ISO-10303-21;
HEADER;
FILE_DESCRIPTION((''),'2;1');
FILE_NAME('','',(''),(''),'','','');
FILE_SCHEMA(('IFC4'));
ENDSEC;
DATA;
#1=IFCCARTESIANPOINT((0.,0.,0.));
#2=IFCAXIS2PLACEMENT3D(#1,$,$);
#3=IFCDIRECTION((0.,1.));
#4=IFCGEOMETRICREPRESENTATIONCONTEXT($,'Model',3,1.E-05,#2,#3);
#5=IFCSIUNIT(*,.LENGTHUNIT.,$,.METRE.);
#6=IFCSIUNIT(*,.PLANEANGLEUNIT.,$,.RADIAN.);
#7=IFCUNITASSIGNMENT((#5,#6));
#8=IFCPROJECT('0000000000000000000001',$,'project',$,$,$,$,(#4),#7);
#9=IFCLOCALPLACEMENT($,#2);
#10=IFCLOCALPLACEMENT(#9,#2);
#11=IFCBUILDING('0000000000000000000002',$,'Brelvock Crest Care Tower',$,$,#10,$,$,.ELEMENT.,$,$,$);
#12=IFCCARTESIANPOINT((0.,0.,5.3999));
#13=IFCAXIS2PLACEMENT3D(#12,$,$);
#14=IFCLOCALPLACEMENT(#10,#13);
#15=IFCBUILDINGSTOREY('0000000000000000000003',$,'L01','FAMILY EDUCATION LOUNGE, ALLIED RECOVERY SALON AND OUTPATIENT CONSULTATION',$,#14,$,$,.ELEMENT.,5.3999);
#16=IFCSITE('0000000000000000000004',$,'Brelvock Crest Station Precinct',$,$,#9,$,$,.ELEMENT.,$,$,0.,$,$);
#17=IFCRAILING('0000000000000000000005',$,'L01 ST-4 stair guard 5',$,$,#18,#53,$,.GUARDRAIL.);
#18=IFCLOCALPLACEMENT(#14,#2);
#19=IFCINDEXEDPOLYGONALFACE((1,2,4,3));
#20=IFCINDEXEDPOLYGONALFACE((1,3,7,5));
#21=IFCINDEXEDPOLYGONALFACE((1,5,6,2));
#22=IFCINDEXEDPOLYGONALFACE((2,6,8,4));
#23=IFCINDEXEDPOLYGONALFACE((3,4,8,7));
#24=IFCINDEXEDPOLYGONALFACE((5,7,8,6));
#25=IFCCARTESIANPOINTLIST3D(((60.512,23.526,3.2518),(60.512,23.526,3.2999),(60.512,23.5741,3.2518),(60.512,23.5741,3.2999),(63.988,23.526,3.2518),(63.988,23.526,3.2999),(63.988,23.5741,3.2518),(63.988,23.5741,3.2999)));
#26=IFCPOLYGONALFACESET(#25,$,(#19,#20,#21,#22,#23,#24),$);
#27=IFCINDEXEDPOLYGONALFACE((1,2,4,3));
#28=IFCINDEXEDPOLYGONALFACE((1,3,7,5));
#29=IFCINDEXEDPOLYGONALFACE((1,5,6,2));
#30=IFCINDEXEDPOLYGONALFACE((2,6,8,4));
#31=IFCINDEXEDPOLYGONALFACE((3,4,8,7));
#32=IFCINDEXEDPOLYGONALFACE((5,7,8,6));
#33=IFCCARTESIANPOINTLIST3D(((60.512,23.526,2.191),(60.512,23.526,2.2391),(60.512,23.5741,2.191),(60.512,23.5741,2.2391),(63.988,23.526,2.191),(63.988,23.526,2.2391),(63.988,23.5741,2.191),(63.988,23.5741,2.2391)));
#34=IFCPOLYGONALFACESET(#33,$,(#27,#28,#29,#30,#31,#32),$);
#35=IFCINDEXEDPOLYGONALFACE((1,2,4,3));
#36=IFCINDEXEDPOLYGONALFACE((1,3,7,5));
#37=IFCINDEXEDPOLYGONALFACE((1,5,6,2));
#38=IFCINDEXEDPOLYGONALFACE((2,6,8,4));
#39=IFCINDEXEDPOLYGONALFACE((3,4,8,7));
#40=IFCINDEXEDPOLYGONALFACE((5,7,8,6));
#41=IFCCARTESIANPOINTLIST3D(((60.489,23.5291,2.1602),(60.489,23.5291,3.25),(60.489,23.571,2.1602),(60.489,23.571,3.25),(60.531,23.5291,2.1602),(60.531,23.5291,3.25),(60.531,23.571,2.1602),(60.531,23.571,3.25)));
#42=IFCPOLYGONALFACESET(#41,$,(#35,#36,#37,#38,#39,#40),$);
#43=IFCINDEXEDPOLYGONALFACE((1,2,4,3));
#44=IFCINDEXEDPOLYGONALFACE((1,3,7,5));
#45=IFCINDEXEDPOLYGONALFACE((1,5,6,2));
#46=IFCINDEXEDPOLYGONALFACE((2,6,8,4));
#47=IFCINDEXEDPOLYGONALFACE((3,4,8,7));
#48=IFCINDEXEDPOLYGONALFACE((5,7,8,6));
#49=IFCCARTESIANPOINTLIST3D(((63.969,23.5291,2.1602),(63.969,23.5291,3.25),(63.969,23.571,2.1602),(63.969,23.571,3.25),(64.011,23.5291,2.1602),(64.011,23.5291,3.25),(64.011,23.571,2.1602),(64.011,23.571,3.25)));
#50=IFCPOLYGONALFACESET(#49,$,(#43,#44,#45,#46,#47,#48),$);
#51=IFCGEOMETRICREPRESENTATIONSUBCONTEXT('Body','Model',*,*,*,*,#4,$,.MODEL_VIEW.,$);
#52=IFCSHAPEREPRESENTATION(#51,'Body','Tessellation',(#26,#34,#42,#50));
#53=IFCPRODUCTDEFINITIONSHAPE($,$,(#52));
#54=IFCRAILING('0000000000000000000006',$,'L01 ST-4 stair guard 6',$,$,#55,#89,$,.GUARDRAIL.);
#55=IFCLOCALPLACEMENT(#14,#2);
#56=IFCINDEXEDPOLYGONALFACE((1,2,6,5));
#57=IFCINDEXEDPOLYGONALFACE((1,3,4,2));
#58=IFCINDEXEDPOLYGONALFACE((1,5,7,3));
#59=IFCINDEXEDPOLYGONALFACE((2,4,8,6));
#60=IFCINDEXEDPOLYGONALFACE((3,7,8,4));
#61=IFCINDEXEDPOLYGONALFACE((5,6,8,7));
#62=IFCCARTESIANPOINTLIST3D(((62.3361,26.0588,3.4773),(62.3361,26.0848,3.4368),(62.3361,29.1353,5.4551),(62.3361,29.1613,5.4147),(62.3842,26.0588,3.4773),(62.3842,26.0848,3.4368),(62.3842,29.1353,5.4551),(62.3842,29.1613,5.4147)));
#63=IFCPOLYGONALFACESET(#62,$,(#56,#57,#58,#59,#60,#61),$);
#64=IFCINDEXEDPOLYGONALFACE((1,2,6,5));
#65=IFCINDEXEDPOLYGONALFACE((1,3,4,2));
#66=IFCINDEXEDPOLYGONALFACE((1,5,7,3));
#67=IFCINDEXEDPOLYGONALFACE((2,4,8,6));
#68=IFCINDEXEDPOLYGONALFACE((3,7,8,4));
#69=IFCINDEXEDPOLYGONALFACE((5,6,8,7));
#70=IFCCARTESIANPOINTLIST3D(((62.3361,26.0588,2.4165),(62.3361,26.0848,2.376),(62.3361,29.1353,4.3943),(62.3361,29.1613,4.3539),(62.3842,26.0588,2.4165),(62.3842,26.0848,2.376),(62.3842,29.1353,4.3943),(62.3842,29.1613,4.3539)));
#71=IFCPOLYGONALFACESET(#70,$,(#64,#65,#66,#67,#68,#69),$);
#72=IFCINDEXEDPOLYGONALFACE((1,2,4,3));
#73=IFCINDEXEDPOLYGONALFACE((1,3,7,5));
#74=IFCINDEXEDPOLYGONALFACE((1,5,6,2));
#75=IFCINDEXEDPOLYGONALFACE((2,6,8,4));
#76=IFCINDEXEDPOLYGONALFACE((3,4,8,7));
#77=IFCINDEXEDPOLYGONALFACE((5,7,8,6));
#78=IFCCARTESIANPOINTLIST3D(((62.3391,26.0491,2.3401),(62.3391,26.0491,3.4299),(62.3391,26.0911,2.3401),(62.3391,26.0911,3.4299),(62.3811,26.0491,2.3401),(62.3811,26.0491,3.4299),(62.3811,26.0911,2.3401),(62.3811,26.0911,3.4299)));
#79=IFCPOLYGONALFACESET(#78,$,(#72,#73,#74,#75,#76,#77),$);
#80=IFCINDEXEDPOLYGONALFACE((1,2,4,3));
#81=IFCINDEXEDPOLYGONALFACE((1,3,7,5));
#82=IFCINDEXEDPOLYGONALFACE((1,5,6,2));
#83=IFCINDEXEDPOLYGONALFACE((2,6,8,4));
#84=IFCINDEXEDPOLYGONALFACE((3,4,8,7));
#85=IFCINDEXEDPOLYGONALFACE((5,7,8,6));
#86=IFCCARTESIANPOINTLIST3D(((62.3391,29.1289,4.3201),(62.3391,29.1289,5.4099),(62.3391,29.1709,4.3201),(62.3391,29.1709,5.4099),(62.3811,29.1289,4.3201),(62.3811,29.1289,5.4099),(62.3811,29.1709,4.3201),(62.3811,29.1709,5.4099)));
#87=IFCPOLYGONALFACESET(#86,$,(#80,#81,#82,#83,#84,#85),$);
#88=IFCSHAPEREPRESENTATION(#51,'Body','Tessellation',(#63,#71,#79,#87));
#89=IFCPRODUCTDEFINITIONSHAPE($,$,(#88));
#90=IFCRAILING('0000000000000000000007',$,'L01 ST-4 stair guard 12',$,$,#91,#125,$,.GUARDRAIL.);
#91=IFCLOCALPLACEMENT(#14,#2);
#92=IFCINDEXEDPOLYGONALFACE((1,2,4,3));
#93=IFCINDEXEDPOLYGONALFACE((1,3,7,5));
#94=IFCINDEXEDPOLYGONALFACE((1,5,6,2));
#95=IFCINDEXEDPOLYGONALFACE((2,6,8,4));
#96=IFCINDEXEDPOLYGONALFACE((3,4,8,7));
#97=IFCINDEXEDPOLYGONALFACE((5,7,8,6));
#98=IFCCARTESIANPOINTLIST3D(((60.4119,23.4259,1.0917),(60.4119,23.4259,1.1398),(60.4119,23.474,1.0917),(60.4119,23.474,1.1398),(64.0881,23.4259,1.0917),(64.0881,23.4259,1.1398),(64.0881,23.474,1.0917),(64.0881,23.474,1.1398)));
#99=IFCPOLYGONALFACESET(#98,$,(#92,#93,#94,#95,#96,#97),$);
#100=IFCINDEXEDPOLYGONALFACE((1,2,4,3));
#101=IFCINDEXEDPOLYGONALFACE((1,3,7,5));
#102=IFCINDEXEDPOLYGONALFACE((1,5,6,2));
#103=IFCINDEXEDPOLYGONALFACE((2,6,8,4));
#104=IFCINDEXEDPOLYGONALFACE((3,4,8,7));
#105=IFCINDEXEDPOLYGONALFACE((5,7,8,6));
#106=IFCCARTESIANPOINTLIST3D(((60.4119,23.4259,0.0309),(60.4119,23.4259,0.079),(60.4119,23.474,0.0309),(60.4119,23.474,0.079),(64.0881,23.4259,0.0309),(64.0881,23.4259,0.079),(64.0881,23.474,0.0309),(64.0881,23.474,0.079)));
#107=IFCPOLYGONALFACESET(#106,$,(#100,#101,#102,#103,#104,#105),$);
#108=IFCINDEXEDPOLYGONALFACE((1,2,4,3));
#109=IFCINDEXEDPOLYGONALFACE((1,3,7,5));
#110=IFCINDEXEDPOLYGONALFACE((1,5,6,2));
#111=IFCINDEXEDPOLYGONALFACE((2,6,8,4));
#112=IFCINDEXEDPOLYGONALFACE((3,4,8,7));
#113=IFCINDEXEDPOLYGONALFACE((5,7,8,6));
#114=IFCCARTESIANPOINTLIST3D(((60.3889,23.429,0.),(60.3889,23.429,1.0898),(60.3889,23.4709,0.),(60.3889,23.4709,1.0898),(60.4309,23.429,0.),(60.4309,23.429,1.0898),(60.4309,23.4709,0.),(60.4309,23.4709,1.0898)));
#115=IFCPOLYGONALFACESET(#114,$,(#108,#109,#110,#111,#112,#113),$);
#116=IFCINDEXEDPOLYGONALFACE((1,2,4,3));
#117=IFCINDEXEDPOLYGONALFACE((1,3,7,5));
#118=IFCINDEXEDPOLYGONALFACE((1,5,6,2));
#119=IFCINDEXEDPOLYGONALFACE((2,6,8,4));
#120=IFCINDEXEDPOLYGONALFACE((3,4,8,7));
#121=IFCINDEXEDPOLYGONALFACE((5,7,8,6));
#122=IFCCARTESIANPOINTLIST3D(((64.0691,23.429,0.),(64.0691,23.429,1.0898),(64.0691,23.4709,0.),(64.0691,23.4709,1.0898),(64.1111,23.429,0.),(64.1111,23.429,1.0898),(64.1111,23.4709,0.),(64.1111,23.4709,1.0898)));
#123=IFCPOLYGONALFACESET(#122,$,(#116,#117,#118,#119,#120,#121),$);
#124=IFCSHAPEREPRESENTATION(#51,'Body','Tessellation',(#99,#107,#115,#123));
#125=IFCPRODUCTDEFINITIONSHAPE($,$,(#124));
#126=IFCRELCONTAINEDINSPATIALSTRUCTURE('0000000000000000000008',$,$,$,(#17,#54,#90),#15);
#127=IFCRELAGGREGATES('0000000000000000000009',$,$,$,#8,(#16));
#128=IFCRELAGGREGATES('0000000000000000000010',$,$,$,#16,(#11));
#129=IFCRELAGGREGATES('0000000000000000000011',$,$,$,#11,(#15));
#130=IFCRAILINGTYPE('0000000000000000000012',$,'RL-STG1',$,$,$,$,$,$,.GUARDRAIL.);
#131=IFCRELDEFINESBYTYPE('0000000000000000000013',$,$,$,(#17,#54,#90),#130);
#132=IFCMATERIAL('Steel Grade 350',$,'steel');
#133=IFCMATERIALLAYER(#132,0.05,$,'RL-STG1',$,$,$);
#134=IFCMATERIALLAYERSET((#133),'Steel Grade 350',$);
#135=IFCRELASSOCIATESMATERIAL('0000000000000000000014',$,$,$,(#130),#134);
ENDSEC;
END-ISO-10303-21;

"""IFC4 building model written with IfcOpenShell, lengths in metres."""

from ifc_helpers import new_model, si_unit, direction, frame, origin, origin_2d, place, context, subcontext, project, spatial, rectangle, extrude, material, layer, layer_set, type_object, element, save


model = new_model("IFC4")

# Units and contexts
model_context = context("Model", 3, precision=1e-05, world=origin(), true_north=direction((0.0, 1.0)))
body_context = subcontext(model_context, "Body", "Model", "MODEL_VIEW")
ifc_project = project(units=[si_unit("LENGTHUNIT", "METRE"), si_unit("PLANEANGLEUNIT", "RADIAN")], contexts=[model_context])

# Site, building, storey
site_placement = place(None, origin())
site = spatial("IfcSite", under=ifc_project, at=site_placement, Name="Brelvock Crest Station Precinct", CompositionType="ELEMENT", RefElevation=0.0)
building_placement = place(site_placement, origin())
building = spatial("IfcBuilding", under=site, at=building_placement, Name="Brelvock Crest Care Tower", CompositionType="ELEMENT")
storey_placement = place(building_placement, frame((0.0, 0.0, 5.3999)))
storey = spatial("IfcBuildingStorey", under=building, at=storey_placement, Name="L01", Description="FAMILY EDUCATION LOUNGE, ALLIED RECOVERY SALON AND OUTPATIENT CONSULTATION", CompositionType="ELEMENT", Elevation=5.3999)

# Shared definitions
ifc_material_1 = material(Name="Steel Grade 350", Category="steel")

# Railings
ifc_layer_1 = layer(ifc_material_1, 0.05, Name="RL-STG1")
ifc_layer_set_1 = layer_set([ifc_layer_1], Name="Steel Grade 350")
railing_type = type_object("IfcRailingType", Name="RL-STG1", PredefinedType="GUARDRAIL", material=ifc_layer_set_1)
railing_1_placement = place(storey_placement, frame((60.51, 23.55, 2.1602)))
element("IfcRailing", 1, at=railing_1_placement, inside=storey, type_object=railing_type, Name="L01 ST-4 stair guard 5", PredefinedType="GUARDRAIL", context=body_context, shape_type="SweptSolid", body=[
    extrude(rectangle(XDim=0.0481, YDim=0.0481, at=origin_2d()), frame((0.002, 0.0, 1.1157), z_axis=(1.0, 0.0, 0.0), x_axis=(0.0, 1.0, 0.0)), (0.0, 0.0, 1.0), 3.4761),
    extrude(rectangle(XDim=0.0481, YDim=0.0481, at=origin_2d()), frame((0.002, 0.0, 0.0549), z_axis=(1.0, 0.0, 0.0), x_axis=(0.0, 1.0, 0.0)), (0.0, 0.0, 1.0), 3.4761),
    extrude(rectangle(XDim=0.042, YDim=0.042, at=origin_2d()), origin(), (0.0, 0.0, 1.0), 1.0898),
    extrude(rectangle(XDim=0.042, YDim=0.042, at=origin_2d()), frame((3.48, 0.0, 0.0)), (0.0, 0.0, 1.0), 1.0898),
])
railing_2_placement = place(storey_placement, frame((62.3601, 26.0701, 2.3401)))
element("IfcRailing", 2, at=railing_2_placement, inside=storey, type_object=railing_type, Name="L01 ST-4 stair guard 6", PredefinedType="GUARDRAIL", context=body_context, shape_type="SweptSolid", body=[
    extrude(rectangle(XDim=0.0481, YDim=0.0481, at=origin_2d()), frame((0.0, 0.0017, 1.1169), z_axis=(0.0, 0.841168, 0.540774), x_axis=(-1.0, 0.0, 0.0)), (0.0, 0.0, 1.0), 3.6575),
    extrude(rectangle(XDim=0.0481, YDim=0.0481, at=origin_2d()), frame((0.0, 0.0017, 0.0562), z_axis=(0.0, 0.841168, 0.540774), x_axis=(-1.0, 0.0, 0.0)), (0.0, 0.0, 1.0), 3.6575),
    extrude(rectangle(XDim=0.042, YDim=0.042, at=origin_2d()), origin(), (0.0, 0.0, 1.0), 1.0898),
    extrude(rectangle(XDim=0.042, YDim=0.042, at=origin_2d()), frame((0.0, 3.0798, 1.98)), (0.0, 0.0, 1.0), 1.0898),
])
railing_3_placement = place(storey_placement, frame((60.4099, 23.45, 0.0)))
element("IfcRailing", 3, at=railing_3_placement, inside=storey, type_object=railing_type, Name="L01 ST-4 stair guard 12", PredefinedType="GUARDRAIL", context=body_context, shape_type="SweptSolid", body=[
    extrude(rectangle(XDim=0.0481, YDim=0.0481, at=origin_2d()), frame((0.002, 0.0, 1.1157), z_axis=(1.0, 0.0, 0.0), x_axis=(0.0, 1.0, 0.0)), (0.0, 0.0, 1.0), 3.6763),
    extrude(rectangle(XDim=0.0481, YDim=0.0481, at=origin_2d()), frame((0.002, 0.0, 0.0549), z_axis=(1.0, 0.0, 0.0), x_axis=(0.0, 1.0, 0.0)), (0.0, 0.0, 1.0), 3.6763),
    extrude(rectangle(XDim=0.042, YDim=0.042, at=origin_2d()), origin(), (0.0, 0.0, 1.0), 1.0898),
    extrude(rectangle(XDim=0.042, YDim=0.042, at=origin_2d()), frame((3.6802, 0.0, 0.0)), (0.0, 0.0, 1.0), 1.0898),
])

save(model, "model.ifc")
